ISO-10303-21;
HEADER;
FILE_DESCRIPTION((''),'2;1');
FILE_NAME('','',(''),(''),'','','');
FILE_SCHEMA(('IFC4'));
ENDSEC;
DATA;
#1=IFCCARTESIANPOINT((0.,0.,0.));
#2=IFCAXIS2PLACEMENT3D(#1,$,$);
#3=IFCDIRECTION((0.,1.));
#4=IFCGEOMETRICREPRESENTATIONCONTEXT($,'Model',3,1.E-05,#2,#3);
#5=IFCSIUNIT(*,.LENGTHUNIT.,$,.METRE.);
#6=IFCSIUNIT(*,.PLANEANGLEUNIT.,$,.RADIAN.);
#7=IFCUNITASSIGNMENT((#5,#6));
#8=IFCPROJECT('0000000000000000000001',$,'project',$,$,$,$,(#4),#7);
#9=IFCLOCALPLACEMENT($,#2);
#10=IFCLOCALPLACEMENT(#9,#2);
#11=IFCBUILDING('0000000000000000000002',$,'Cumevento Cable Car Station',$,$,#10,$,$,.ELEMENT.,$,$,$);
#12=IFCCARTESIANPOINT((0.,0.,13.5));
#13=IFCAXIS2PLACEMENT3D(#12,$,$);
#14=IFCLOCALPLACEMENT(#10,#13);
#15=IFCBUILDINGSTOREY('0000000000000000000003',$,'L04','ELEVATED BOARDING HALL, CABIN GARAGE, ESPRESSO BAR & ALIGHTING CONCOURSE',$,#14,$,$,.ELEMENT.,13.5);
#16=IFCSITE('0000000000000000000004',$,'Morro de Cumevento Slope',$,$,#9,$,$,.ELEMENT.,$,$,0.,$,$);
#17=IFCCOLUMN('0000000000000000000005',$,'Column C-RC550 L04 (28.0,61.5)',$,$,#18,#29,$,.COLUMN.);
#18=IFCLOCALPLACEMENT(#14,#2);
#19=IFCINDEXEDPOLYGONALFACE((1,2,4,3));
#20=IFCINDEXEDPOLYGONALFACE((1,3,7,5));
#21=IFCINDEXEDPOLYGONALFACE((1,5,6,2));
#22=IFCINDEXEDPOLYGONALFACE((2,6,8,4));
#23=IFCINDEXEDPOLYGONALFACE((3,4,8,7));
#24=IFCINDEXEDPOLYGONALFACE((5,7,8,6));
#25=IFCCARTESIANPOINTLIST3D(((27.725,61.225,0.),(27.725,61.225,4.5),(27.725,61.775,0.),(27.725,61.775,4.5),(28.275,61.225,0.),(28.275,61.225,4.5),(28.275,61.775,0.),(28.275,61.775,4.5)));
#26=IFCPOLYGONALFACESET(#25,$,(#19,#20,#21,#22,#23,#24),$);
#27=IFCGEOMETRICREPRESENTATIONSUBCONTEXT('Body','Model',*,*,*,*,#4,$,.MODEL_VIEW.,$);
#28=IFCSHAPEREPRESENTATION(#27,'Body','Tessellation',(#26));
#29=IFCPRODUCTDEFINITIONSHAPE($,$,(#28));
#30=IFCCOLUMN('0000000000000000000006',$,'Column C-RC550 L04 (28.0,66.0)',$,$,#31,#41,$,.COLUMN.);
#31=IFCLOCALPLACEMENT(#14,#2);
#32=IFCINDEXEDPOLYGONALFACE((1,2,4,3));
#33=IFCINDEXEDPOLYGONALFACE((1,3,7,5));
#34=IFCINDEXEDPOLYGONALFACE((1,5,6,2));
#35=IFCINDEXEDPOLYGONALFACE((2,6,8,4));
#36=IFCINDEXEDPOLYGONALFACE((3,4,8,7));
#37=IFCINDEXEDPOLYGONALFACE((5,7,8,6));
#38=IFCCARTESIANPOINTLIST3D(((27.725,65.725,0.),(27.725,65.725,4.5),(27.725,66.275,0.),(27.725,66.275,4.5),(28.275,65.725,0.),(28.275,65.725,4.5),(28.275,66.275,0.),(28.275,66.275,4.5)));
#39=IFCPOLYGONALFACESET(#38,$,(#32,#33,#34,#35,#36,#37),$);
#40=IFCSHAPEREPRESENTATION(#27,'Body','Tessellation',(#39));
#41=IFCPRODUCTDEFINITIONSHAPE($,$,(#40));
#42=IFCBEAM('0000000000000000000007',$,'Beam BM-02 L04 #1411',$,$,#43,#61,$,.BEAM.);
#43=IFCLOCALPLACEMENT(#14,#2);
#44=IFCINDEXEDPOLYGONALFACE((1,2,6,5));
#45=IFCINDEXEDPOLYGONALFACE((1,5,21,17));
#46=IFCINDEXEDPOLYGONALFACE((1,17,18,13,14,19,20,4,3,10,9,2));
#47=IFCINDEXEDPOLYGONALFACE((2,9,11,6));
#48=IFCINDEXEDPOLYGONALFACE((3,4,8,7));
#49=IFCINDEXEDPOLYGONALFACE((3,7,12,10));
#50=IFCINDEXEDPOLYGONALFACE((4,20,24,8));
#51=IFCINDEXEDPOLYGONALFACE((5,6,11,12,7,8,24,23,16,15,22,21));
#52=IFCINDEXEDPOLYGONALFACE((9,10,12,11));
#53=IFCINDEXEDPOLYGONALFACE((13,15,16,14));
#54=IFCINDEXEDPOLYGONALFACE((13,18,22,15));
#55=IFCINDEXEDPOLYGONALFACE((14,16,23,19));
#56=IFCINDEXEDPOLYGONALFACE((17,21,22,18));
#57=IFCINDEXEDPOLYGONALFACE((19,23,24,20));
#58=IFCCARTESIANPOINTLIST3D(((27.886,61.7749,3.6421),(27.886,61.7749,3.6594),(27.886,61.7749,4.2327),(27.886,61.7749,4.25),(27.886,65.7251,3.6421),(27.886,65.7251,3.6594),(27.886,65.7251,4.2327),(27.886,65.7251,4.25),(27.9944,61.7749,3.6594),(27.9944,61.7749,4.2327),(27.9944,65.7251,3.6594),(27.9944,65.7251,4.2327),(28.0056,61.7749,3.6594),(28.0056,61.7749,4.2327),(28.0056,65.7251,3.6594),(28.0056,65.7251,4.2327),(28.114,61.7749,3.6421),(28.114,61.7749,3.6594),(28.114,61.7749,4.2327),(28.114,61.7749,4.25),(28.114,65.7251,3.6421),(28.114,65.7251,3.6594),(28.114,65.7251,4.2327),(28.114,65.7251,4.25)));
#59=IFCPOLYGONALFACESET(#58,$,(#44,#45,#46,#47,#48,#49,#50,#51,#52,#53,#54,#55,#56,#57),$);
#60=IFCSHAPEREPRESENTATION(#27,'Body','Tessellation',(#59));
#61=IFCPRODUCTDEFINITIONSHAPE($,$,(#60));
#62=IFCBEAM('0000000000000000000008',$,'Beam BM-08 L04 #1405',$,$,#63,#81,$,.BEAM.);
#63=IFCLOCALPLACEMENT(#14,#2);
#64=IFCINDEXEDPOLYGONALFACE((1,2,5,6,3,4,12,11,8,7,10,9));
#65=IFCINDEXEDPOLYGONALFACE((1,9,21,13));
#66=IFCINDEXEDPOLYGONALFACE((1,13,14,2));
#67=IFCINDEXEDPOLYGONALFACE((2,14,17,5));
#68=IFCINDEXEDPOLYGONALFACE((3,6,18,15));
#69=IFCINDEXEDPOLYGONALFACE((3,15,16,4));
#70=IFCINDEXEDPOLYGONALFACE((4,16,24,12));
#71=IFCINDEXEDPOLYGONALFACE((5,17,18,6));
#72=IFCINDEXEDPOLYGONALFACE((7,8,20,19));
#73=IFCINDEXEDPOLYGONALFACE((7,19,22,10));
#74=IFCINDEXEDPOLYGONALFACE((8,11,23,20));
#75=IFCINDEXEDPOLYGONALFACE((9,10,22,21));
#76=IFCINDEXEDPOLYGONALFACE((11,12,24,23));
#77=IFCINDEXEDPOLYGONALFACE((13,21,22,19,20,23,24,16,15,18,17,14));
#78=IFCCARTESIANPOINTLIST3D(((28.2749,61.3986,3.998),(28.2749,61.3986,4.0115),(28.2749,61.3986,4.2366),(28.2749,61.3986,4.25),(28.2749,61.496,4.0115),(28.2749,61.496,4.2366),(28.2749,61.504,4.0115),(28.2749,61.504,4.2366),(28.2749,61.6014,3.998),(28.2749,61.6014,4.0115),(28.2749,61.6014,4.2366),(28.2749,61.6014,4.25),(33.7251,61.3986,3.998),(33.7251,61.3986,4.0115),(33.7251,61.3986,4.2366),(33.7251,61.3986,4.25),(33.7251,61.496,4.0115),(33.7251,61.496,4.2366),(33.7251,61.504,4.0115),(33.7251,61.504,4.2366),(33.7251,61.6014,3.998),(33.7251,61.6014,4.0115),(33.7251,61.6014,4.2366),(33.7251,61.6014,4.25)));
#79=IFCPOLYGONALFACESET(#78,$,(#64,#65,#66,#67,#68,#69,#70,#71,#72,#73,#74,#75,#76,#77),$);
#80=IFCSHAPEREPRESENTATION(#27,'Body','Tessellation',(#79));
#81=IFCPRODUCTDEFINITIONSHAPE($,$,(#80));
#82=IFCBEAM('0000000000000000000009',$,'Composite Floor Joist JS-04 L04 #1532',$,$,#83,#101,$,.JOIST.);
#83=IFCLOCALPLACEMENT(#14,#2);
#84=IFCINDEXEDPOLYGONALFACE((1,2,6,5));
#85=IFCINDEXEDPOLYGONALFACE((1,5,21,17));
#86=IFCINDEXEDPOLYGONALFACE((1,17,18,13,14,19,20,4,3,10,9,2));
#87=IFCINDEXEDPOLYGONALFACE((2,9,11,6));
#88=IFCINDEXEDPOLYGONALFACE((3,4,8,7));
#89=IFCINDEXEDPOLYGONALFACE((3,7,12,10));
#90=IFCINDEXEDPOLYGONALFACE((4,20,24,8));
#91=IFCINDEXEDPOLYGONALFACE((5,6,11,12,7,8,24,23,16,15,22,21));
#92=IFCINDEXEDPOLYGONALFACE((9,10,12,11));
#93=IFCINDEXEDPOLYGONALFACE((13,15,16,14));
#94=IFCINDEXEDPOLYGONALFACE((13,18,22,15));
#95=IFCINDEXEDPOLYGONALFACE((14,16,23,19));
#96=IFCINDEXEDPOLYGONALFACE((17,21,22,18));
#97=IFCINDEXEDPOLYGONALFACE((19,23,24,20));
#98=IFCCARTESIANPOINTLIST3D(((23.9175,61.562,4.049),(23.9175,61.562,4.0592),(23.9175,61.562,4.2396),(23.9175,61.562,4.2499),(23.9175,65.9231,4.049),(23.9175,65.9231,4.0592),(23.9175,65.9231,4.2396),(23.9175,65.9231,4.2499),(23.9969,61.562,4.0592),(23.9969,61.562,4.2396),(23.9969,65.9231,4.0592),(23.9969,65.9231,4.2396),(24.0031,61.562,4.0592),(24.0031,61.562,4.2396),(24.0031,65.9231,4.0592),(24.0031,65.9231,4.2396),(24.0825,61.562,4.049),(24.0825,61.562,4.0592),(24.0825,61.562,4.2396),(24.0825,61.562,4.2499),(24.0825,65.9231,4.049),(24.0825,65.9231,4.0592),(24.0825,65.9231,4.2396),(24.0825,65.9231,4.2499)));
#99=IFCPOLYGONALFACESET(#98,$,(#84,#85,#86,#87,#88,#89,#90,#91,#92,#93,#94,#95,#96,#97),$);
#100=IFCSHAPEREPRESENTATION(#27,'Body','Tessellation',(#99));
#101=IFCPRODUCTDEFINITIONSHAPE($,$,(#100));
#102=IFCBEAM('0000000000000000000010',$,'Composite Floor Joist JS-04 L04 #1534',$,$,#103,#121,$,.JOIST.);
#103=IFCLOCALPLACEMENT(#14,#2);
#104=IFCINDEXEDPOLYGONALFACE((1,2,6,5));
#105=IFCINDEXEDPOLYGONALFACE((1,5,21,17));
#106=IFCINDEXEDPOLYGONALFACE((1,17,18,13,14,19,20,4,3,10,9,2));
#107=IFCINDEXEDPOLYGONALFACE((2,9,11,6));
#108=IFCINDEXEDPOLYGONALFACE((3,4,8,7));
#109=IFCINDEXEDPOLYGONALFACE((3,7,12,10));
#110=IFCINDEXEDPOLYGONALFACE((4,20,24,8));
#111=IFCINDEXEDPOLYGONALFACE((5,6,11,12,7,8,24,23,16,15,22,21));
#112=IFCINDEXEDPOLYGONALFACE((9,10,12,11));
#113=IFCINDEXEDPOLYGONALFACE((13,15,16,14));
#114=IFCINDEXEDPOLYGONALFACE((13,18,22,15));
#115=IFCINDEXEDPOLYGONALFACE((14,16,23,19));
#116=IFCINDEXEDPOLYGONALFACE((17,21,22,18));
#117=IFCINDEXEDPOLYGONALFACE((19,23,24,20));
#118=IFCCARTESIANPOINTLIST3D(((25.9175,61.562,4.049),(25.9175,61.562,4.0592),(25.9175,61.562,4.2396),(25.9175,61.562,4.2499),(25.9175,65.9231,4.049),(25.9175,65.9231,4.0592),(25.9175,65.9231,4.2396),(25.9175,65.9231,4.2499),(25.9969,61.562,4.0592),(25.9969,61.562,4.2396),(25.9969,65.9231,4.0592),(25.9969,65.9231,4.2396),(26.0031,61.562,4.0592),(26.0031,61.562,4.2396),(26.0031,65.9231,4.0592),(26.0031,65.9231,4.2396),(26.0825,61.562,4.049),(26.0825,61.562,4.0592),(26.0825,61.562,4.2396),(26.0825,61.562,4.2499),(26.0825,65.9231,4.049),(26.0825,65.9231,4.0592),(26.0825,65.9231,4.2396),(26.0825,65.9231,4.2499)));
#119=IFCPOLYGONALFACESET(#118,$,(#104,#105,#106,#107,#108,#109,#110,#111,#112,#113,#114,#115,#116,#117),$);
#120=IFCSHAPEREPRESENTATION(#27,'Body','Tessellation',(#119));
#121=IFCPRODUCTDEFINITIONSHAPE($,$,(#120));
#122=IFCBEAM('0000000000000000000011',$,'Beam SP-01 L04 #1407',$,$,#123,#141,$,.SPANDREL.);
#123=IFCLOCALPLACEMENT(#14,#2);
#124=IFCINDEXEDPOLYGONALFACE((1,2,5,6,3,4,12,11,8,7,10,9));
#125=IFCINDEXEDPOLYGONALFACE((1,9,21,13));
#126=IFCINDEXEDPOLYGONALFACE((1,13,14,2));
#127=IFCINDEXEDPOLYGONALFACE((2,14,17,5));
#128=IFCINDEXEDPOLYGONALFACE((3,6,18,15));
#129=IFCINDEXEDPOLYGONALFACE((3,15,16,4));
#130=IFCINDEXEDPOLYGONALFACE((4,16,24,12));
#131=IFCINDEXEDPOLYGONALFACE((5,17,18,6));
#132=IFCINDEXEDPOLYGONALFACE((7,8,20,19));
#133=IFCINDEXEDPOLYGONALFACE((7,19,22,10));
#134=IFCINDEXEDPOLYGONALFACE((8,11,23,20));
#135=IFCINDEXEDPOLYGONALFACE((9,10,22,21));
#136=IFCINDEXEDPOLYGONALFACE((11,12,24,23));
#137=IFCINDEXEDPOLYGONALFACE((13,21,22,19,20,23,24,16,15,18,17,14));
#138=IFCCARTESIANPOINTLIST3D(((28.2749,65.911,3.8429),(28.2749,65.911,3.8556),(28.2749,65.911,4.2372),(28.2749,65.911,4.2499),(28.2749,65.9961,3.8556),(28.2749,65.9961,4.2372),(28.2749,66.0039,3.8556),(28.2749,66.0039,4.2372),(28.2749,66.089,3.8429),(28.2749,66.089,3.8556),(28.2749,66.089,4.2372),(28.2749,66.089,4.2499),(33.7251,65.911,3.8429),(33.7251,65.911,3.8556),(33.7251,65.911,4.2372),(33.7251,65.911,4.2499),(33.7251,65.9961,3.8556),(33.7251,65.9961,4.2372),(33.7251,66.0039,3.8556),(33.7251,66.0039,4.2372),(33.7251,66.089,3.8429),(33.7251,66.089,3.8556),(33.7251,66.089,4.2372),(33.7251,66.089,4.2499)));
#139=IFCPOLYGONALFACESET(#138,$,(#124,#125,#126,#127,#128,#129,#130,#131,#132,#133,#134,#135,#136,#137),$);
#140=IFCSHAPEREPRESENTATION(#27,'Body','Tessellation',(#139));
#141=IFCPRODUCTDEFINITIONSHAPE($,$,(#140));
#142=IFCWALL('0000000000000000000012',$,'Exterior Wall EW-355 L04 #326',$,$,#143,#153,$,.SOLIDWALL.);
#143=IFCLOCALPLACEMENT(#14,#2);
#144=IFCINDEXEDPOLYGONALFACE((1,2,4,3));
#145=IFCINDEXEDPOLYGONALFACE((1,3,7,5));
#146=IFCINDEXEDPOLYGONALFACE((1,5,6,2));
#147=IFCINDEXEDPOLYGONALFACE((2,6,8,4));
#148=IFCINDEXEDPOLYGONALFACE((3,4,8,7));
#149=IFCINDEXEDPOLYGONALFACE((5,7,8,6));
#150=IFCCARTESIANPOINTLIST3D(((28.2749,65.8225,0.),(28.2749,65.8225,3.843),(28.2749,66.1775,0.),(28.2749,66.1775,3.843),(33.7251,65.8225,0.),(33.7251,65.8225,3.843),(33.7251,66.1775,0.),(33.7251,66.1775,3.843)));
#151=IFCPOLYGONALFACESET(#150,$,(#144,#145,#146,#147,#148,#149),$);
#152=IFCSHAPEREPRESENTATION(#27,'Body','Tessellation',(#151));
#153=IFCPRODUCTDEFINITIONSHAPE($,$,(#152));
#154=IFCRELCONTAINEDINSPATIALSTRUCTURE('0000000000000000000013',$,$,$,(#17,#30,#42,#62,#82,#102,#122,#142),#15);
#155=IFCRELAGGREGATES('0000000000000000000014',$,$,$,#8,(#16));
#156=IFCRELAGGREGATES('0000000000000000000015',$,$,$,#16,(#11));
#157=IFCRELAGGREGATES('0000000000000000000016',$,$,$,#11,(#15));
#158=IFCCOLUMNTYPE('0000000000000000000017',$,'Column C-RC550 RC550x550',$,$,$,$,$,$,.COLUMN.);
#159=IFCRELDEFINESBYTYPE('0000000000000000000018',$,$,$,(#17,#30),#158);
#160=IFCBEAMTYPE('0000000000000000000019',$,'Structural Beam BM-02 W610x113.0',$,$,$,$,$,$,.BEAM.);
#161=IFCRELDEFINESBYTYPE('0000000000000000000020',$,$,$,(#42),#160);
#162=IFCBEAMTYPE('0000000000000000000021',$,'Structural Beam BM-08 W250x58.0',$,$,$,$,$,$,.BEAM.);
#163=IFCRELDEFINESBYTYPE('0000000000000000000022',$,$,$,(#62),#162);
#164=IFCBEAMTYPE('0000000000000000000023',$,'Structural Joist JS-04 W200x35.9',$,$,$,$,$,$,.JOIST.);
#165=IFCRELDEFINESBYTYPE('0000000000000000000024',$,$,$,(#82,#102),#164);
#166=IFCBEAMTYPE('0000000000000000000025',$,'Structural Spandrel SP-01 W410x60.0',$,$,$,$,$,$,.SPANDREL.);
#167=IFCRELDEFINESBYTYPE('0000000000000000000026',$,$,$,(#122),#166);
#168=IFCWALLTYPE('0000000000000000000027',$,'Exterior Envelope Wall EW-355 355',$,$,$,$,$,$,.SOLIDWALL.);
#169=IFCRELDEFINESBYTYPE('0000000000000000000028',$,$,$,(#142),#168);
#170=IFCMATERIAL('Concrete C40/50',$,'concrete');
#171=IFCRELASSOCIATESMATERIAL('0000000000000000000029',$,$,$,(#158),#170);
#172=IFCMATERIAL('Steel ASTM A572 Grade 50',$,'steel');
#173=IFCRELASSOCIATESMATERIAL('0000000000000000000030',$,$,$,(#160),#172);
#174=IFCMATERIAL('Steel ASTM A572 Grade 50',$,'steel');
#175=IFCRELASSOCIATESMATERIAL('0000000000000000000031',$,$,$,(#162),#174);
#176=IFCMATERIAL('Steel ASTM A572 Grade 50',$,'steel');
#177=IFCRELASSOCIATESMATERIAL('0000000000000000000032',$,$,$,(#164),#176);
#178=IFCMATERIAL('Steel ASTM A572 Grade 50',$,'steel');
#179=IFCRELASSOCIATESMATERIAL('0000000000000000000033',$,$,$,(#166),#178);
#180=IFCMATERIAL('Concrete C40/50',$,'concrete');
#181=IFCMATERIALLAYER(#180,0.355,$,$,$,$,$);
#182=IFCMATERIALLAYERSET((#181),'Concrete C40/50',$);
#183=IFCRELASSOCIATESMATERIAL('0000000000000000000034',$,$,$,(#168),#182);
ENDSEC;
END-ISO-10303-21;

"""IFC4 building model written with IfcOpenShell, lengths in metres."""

from ifc_helpers import new_model, si_unit, direction, frame, frame_2d, origin, origin_2d, place, context, subcontext, project, spatial, rectangle, i_section, extrude, material, layer, layer_set, material_profile, profile_set, type_object, element, save


model = new_model("IFC4")

# Units and contexts
model_context = context("Model", 3, precision=1e-05, world=origin(), true_north=direction((0.0, 1.0)))
body_context = subcontext(model_context, "Body", "Model", "MODEL_VIEW")
ifc_project = project(units=[si_unit("LENGTHUNIT", "METRE"), si_unit("PLANEANGLEUNIT", "RADIAN")], contexts=[model_context])

# Site, building, storey
site_placement = place(None, origin())
site = spatial("IfcSite", under=ifc_project, at=site_placement, Name="Morro de Cumevento Slope", CompositionType="ELEMENT", RefElevation=0.0)
building_placement = place(site_placement, origin())
building = spatial("IfcBuilding", under=site, at=building_placement, Name="Cumevento Cable Car Station", CompositionType="ELEMENT")
storey_placement = place(building_placement, frame((0.0, 0.0, 13.5)))
storey = spatial("IfcBuildingStorey", under=building, at=storey_placement, Name="L04", Description="ELEVATED BOARDING HALL, CABIN GARAGE, ESPRESSO BAR & ALIGHTING CONCOURSE", CompositionType="ELEMENT", Elevation=13.5)

# Columns
ifc_material_1 = material(Name="Concrete C40/50", Category="concrete")
ifc_material_profile_1 = material_profile(ifc_material_1, rectangle(XDim=0.55, YDim=0.55, at=origin_2d()), Name="RC550x550")
ifc_profile_set_1 = profile_set([ifc_material_profile_1], Name="Concrete C40/50")
column_type = type_object("IfcColumnType", Name="Column C-RC550 RC550x550", PredefinedType="COLUMN", material=ifc_profile_set_1)
for number, where, z_axis, x_axis, name in (
    (1, (28.0, 61.5, 0.0), (0.0, 0.0, 1.0), (1.0, 0.0, 0.0), "Column C-RC550 L04 (28.0,61.5)"),
    (2, (28.0, 66.0, 0.0), (0.0, 0.0, 1.0), (1.0, 0.0, 0.0), "Column C-RC550 L04 (28.0,66.0)"),
):
    element("IfcColumn", number, at=place(storey_placement, frame(where, z_axis=z_axis, x_axis=x_axis)), inside=storey, type_object=column_type, Name=name, PredefinedType="COLUMN", context=body_context, shape_type="SweptSolid", body=[
        extrude(rectangle(XDim=0.55, YDim=0.55, at=origin_2d()), origin(), (0.0, 0.0, 1.0), 4.5),
    ])

# Beams
ifc_material_2 = material(Name="Steel ASTM A572 Grade 50", Category="steel")
ifc_material_profile_2 = material_profile(ifc_material_2, i_section(OverallWidth=0.228, OverallDepth=0.6079, WebThickness=0.0112, FlangeThickness=0.0173, at=origin_2d()), Name="W610x113.0")
ifc_profile_set_2 = profile_set([ifc_material_profile_2], Name="Steel ASTM A572 Grade 50")
beam_type_1 = type_object("IfcBeamType", Name="Structural Beam BM-02 W610x113.0", PredefinedType="BEAM", material=ifc_profile_set_2)
beam_1_placement = place(storey_placement, frame((28.0, 61.7749, 3.946), z_axis=(0.0, 1.0, 0.0), x_axis=(-1.0, 0.0, 0.0)))
element("IfcBeam", 3, at=beam_1_placement, inside=storey, type_object=beam_type_1, Name="Beam BM-02 L04 #1411", PredefinedType="BEAM", context=body_context, shape_type="SweptSolid", body=[
    extrude(i_section(OverallWidth=0.228, OverallDepth=0.6079, WebThickness=0.0112, FlangeThickness=0.0173, at=origin_2d()), origin(), (0.0, 0.0, 1.0), 3.9502),
])
ifc_material_3 = material(Name="Steel ASTM A572 Grade 50", Category="steel")
ifc_material_profile_3 = material_profile(ifc_material_3, i_section(OverallWidth=0.2029, OverallDepth=0.252, WebThickness=0.0081, FlangeThickness=0.0134, at=origin_2d()), Name="W250x58.0")
ifc_profile_set_3 = profile_set([ifc_material_profile_3], Name="Steel ASTM A572 Grade 50")
beam_type_2 = type_object("IfcBeamType", Name="Structural Beam BM-08 W250x58.0", PredefinedType="BEAM", material=ifc_profile_set_3)
beam_2_placement = place(storey_placement, frame((28.2749, 61.5, 4.124), z_axis=(1.0, 0.0, 0.0), x_axis=(0.0, 1.0, 0.0)))
element("IfcBeam", 4, at=beam_2_placement, inside=storey, type_object=beam_type_2, Name="Beam BM-08 L04 #1405", PredefinedType="BEAM", context=body_context, shape_type="SweptSolid", body=[
    extrude(i_section(OverallWidth=0.2029, OverallDepth=0.252, WebThickness=0.0081, FlangeThickness=0.0134, at=origin_2d()), origin(), (0.0, 0.0, 1.0), 5.4502),
])
ifc_material_4 = material(Name="Steel ASTM A572 Grade 50", Category="steel")
ifc_material_profile_4 = material_profile(ifc_material_4, i_section(OverallWidth=0.165, OverallDepth=0.2009, WebThickness=0.0061, FlangeThickness=0.0103, at=origin_2d()), Name="W200x35.9")
ifc_profile_set_4 = profile_set([ifc_material_profile_4], Name="Steel ASTM A572 Grade 50")
beam_type_3 = type_object("IfcBeamType", Name="Structural Joist JS-04 W200x35.9", PredefinedType="JOIST", material=ifc_profile_set_4)
for number, where, z_axis, x_axis, name in (
    (5, (24.0, 61.562, 4.1494), (0.0, 1.0, 0.0), (-1.0, 0.0, 0.0), "Composite Floor Joist JS-04 L04 #1532"),
    (6, (26.0, 61.562, 4.1494), (0.0, 1.0, 0.0), (-1.0, 0.0, 0.0), "Composite Floor Joist JS-04 L04 #1534"),
):
    element("IfcBeam", number, at=place(storey_placement, frame(where, z_axis=z_axis, x_axis=x_axis)), inside=storey, type_object=beam_type_3, Name=name, PredefinedType="JOIST", context=body_context, shape_type="SweptSolid", body=[
        extrude(i_section(OverallWidth=0.165, OverallDepth=0.2009, WebThickness=0.0061, FlangeThickness=0.0103, at=origin_2d()), origin(), (0.0, 0.0, 1.0), 4.3611),
    ])
ifc_material_5 = material(Name="Steel ASTM A572 Grade 50", Category="steel")
ifc_material_profile_5 = material_profile(ifc_material_5, i_section(OverallWidth=0.178, OverallDepth=0.407, WebThickness=0.0078, FlangeThickness=0.0127, at=origin_2d()), Name="W410x60.0")
ifc_profile_set_5 = profile_set([ifc_material_profile_5], Name="Steel ASTM A572 Grade 50")
beam_type_4 = type_object("IfcBeamType", Name="Structural Spandrel SP-01 W410x60.0", PredefinedType="SPANDREL", material=ifc_profile_set_5)
beam_3_placement = place(storey_placement, frame((28.2749, 66.0, 4.0464), z_axis=(1.0, 0.0, 0.0), x_axis=(0.0, 1.0, 0.0)))
element("IfcBeam", 7, at=beam_3_placement, inside=storey, type_object=beam_type_4, Name="Beam SP-01 L04 #1407", PredefinedType="SPANDREL", context=body_context, shape_type="SweptSolid", body=[
    extrude(i_section(OverallWidth=0.178, OverallDepth=0.407, WebThickness=0.0078, FlangeThickness=0.0127, at=origin_2d()), origin(), (0.0, 0.0, 1.0), 5.4502),
])

# Wall
ifc_material_6 = material(Name="Concrete C40/50", Category="concrete")
ifc_layer_1 = layer(ifc_material_6, 0.355)
ifc_layer_set_1 = layer_set([ifc_layer_1], Name="Concrete C40/50")
wall_type_1 = type_object("IfcWallType", Name="Exterior Envelope Wall EW-355 355", PredefinedType="SOLIDWALL", material=ifc_layer_set_1)
wall_1_placement = place(storey_placement, frame((28.2749, 66.0, 0.0), z_axis=(0.0, 0.0, 1.0), x_axis=(1.0, 0.0, 0.0)))
element("IfcWall", 8, at=wall_1_placement, inside=storey, type_object=wall_type_1, Name="Exterior Wall EW-355 L04 #326", PredefinedType="SOLIDWALL", context=body_context, shape_type="SweptSolid", body=[
    extrude(rectangle(XDim=5.4502, YDim=0.355, at=frame_2d((2.7251, 0.0))), origin(), (0.0, 0.0, 1.0), 3.843),
])

save(model, "model.ifc")
